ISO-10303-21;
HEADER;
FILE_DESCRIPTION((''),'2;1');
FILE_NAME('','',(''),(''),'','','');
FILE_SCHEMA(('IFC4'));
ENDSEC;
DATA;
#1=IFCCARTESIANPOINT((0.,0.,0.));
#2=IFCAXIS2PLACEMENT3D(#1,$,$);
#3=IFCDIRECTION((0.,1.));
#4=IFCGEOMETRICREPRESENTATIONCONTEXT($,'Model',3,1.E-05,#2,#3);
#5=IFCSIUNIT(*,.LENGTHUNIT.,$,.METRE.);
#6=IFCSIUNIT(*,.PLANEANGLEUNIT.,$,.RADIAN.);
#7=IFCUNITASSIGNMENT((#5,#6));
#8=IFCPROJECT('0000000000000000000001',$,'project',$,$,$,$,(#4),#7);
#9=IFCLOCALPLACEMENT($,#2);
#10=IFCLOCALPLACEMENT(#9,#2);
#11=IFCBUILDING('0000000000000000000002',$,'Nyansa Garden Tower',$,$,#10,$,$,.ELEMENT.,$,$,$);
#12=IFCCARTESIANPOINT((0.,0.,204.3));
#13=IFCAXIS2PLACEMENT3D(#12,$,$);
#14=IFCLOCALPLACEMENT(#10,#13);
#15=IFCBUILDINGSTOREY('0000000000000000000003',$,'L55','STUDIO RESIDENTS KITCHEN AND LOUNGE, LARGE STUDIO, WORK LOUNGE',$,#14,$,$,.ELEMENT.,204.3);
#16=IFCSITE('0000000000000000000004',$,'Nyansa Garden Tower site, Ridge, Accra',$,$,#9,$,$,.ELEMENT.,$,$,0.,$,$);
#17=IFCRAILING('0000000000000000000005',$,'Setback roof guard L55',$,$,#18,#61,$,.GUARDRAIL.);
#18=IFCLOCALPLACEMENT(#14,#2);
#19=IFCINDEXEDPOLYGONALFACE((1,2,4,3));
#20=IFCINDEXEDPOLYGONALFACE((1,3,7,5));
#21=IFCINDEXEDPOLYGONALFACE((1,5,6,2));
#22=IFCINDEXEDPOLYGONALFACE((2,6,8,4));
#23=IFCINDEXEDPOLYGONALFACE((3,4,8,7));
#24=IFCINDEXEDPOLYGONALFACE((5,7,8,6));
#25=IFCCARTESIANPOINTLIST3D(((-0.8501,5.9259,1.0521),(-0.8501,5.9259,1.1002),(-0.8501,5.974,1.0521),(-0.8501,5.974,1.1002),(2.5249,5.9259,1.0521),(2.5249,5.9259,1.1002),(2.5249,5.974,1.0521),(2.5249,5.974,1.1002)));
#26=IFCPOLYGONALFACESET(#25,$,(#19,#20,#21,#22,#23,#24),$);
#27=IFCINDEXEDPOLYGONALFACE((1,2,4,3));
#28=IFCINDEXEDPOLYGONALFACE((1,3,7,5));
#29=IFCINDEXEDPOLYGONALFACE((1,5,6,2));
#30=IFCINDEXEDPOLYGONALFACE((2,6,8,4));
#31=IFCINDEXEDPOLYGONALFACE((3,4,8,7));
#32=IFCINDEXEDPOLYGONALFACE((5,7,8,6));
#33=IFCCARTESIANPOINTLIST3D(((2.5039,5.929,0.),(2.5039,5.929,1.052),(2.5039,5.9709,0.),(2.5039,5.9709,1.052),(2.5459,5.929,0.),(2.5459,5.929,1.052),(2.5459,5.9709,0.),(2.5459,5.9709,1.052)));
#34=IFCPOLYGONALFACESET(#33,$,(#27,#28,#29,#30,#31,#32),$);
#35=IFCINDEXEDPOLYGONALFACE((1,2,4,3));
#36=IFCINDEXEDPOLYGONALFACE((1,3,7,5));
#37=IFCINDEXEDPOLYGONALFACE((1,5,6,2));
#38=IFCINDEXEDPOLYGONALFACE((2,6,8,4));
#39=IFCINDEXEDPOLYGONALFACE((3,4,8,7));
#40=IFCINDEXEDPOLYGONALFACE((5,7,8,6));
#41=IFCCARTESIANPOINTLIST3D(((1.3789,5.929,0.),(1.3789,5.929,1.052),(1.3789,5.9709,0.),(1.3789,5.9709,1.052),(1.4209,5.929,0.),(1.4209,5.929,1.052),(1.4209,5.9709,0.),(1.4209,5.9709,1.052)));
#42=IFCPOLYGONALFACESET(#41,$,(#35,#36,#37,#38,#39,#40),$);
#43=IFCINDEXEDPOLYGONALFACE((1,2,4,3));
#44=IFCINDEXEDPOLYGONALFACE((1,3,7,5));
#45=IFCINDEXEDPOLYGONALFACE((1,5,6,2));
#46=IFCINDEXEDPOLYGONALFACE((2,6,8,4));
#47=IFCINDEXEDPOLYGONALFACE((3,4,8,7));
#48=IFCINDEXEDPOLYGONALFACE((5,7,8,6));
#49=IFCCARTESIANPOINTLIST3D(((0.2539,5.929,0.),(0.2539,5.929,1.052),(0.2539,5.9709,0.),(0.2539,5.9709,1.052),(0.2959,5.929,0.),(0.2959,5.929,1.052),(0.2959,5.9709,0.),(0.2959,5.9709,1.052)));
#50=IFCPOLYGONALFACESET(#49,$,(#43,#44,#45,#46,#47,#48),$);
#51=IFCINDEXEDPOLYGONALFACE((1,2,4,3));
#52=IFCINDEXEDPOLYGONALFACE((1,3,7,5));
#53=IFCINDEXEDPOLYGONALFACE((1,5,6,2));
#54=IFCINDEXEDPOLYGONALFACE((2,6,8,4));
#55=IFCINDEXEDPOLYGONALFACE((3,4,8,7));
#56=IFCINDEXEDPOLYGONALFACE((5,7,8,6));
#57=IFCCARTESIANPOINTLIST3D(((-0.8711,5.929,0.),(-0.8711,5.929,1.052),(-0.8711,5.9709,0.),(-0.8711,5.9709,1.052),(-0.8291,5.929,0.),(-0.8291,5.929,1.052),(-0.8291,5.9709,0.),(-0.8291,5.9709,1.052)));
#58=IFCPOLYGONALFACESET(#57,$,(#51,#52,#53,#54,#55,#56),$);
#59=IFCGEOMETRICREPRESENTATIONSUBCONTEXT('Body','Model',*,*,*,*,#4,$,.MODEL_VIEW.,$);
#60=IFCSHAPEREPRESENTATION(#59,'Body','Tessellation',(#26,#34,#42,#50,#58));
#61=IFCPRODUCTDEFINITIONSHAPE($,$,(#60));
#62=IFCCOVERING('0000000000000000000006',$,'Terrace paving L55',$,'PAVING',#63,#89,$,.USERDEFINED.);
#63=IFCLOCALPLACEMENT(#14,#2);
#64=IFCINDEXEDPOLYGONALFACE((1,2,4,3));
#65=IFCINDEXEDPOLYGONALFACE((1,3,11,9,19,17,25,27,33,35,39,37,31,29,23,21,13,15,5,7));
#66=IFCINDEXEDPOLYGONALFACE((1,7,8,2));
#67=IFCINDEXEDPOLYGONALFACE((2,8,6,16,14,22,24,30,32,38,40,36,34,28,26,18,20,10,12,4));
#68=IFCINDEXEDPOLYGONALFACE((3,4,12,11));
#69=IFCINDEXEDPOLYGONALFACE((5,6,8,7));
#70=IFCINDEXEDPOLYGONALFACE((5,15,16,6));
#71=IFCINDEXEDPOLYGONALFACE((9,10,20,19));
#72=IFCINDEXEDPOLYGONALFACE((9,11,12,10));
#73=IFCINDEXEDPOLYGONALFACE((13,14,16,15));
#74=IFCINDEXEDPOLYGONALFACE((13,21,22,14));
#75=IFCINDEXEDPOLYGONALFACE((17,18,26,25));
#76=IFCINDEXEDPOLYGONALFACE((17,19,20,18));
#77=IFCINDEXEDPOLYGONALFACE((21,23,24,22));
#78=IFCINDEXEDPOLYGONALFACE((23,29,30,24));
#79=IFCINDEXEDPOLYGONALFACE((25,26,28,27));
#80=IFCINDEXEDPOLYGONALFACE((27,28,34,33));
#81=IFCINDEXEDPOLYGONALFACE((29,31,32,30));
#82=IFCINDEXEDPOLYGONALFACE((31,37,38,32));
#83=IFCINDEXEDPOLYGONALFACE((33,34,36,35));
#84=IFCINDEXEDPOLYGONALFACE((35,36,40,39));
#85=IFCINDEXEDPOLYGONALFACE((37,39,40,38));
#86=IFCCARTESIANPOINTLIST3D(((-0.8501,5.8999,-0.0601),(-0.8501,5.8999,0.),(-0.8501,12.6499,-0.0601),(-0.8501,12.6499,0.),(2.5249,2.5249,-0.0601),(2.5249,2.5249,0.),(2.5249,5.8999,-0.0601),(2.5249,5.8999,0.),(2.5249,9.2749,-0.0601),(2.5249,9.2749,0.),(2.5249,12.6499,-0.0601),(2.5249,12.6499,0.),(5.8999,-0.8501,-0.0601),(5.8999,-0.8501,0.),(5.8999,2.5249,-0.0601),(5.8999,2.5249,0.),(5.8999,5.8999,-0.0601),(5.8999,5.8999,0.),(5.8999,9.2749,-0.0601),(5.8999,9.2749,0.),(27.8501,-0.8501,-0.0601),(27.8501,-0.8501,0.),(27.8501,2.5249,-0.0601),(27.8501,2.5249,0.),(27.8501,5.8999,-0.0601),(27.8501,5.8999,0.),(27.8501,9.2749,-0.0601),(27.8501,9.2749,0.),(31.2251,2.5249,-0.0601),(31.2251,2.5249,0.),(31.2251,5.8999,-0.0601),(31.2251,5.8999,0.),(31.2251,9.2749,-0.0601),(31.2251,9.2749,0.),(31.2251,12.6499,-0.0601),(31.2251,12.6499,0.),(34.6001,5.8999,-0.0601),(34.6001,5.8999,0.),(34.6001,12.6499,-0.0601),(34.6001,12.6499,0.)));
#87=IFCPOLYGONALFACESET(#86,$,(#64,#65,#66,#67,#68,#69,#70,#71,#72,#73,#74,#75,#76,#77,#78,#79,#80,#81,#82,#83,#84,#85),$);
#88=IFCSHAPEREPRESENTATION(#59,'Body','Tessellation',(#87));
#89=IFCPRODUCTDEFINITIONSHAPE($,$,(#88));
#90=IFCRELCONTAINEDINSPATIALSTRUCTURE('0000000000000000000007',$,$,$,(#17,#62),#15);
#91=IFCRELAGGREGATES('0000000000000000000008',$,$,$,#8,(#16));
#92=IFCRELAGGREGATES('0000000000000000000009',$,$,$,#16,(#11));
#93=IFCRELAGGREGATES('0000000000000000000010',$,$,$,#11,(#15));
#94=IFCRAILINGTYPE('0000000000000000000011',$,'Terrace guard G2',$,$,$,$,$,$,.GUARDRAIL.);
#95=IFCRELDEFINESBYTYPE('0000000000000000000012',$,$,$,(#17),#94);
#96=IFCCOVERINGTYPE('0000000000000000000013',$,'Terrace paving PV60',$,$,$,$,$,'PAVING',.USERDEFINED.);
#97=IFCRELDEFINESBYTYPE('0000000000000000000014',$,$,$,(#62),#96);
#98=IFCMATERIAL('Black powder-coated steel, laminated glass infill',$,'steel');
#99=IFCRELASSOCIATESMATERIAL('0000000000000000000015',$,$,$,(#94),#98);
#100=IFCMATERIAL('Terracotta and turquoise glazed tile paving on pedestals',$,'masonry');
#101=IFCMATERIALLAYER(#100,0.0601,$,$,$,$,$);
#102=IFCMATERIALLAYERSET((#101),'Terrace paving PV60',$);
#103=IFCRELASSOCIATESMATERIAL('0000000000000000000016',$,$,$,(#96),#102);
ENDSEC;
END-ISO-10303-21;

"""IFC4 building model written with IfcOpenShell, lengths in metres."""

from ifc_helpers import new_model, si_unit, direction, frame, origin, origin_2d, place, context, subcontext, project, spatial, polyline, rectangle, outline, extrude, material, layer, layer_set, type_object, element, save


model = new_model("IFC4")

# Units and contexts
model_context = context("Model", 3, precision=1e-05, world=origin(), true_north=direction((0.0, 1.0)))
body_context = subcontext(model_context, "Body", "Model", "MODEL_VIEW")
ifc_project = project(units=[si_unit("LENGTHUNIT", "METRE"), si_unit("PLANEANGLEUNIT", "RADIAN")], contexts=[model_context])

# Site, building, storey
site_placement = place(None, origin())
site = spatial("IfcSite", under=ifc_project, at=site_placement, Name="Nyansa Garden Tower site, Ridge, Accra", CompositionType="ELEMENT", RefElevation=0.0)
building_placement = place(site_placement, origin())
building = spatial("IfcBuilding", under=site, at=building_placement, Name="Nyansa Garden Tower", CompositionType="ELEMENT")
storey_placement = place(building_placement, frame((0.0, 0.0, 204.3)))
storey = spatial("IfcBuildingStorey", under=building, at=storey_placement, Name="L55", Description="STUDIO RESIDENTS KITCHEN AND LOUNGE, LARGE STUDIO, WORK LOUNGE", CompositionType="ELEMENT", Elevation=204.3)

# Railing
ifc_material_1 = material(Name="Black powder-coated steel, laminated glass infill", Category="steel")
railing_type = type_object("IfcRailingType", Name="Terrace guard G2", PredefinedType="GUARDRAIL", material=ifc_material_1)
railing_1_placement = place(storey_placement, frame((2.5249, 5.95, 0.0)))
element("IfcRailing", 1, at=railing_1_placement, inside=storey, type_object=railing_type, Name="Setback roof guard L55", PredefinedType="GUARDRAIL", context=body_context, shape_type="SweptSolid", body=[
    extrude(rectangle(XDim=0.0481, YDim=0.0481, at=origin_2d()), frame((0.0, 0.0, 1.0762), z_axis=(-1.0, 0.0, 0.0), x_axis=(0.0, -1.0, 0.0)), (0.0, 0.0, 1.0), 3.375),
    extrude(rectangle(XDim=0.042, YDim=0.042, at=origin_2d()), origin(), (0.0, 0.0, 1.0), 1.052),
    extrude(rectangle(XDim=0.042, YDim=0.042, at=origin_2d()), frame((-1.125, 0.0, 0.0)), (0.0, 0.0, 1.0), 1.052),
    extrude(rectangle(XDim=0.042, YDim=0.042, at=origin_2d()), frame((-2.25, 0.0, 0.0)), (0.0, 0.0, 1.0), 1.052),
    extrude(rectangle(XDim=0.042, YDim=0.042, at=origin_2d()), frame((-3.375, 0.0, 0.0)), (0.0, 0.0, 1.0), 1.052),
])

# Covering
ifc_material_2 = material(Name="Terracotta and turquoise glazed tile paving on pedestals", Category="masonry")
ifc_layer_1 = layer(ifc_material_2, 0.0601)
ifc_layer_set_1 = layer_set([ifc_layer_1], Name="Terrace paving PV60")
covering_type_1 = type_object("IfcCoveringType", Name="Terrace paving PV60", ElementType="PAVING", PredefinedType="USERDEFINED", material=ifc_layer_set_1)
covering_1_placement = place(storey_placement, frame((0.0, 0.0, -0.0601)))
element("IfcCovering", 2, at=covering_1_placement, inside=storey, type_object=covering_type_1, Name="Terrace paving L55", ObjectType="PAVING", PredefinedType="USERDEFINED", context=body_context, shape_type="SweptSolid", body=[
    extrude(outline(polyline([(31.2251, 5.8999), (31.2251, 2.5249), (27.8501, 2.5249), (27.8501, -0.8501), (5.8999, -0.8501), (5.8999, 2.5249), (2.5249, 2.5249), (2.5249, 5.8999), (-0.8501, 5.8999), (-0.8501, 12.6499), (2.5249, 12.6499), (2.5249, 9.2749), (5.8999, 9.2749), (5.8999, 5.8999), (27.8501, 5.8999), (27.8501, 9.2749), (31.2251, 9.2749), (31.2251, 12.6499), (34.6001, 12.6499), (34.6001, 5.8999), (31.2251, 5.8999)])), origin(), (0.0, 0.0, 1.0), 0.0601),
])

save(model, "model.ifc")
